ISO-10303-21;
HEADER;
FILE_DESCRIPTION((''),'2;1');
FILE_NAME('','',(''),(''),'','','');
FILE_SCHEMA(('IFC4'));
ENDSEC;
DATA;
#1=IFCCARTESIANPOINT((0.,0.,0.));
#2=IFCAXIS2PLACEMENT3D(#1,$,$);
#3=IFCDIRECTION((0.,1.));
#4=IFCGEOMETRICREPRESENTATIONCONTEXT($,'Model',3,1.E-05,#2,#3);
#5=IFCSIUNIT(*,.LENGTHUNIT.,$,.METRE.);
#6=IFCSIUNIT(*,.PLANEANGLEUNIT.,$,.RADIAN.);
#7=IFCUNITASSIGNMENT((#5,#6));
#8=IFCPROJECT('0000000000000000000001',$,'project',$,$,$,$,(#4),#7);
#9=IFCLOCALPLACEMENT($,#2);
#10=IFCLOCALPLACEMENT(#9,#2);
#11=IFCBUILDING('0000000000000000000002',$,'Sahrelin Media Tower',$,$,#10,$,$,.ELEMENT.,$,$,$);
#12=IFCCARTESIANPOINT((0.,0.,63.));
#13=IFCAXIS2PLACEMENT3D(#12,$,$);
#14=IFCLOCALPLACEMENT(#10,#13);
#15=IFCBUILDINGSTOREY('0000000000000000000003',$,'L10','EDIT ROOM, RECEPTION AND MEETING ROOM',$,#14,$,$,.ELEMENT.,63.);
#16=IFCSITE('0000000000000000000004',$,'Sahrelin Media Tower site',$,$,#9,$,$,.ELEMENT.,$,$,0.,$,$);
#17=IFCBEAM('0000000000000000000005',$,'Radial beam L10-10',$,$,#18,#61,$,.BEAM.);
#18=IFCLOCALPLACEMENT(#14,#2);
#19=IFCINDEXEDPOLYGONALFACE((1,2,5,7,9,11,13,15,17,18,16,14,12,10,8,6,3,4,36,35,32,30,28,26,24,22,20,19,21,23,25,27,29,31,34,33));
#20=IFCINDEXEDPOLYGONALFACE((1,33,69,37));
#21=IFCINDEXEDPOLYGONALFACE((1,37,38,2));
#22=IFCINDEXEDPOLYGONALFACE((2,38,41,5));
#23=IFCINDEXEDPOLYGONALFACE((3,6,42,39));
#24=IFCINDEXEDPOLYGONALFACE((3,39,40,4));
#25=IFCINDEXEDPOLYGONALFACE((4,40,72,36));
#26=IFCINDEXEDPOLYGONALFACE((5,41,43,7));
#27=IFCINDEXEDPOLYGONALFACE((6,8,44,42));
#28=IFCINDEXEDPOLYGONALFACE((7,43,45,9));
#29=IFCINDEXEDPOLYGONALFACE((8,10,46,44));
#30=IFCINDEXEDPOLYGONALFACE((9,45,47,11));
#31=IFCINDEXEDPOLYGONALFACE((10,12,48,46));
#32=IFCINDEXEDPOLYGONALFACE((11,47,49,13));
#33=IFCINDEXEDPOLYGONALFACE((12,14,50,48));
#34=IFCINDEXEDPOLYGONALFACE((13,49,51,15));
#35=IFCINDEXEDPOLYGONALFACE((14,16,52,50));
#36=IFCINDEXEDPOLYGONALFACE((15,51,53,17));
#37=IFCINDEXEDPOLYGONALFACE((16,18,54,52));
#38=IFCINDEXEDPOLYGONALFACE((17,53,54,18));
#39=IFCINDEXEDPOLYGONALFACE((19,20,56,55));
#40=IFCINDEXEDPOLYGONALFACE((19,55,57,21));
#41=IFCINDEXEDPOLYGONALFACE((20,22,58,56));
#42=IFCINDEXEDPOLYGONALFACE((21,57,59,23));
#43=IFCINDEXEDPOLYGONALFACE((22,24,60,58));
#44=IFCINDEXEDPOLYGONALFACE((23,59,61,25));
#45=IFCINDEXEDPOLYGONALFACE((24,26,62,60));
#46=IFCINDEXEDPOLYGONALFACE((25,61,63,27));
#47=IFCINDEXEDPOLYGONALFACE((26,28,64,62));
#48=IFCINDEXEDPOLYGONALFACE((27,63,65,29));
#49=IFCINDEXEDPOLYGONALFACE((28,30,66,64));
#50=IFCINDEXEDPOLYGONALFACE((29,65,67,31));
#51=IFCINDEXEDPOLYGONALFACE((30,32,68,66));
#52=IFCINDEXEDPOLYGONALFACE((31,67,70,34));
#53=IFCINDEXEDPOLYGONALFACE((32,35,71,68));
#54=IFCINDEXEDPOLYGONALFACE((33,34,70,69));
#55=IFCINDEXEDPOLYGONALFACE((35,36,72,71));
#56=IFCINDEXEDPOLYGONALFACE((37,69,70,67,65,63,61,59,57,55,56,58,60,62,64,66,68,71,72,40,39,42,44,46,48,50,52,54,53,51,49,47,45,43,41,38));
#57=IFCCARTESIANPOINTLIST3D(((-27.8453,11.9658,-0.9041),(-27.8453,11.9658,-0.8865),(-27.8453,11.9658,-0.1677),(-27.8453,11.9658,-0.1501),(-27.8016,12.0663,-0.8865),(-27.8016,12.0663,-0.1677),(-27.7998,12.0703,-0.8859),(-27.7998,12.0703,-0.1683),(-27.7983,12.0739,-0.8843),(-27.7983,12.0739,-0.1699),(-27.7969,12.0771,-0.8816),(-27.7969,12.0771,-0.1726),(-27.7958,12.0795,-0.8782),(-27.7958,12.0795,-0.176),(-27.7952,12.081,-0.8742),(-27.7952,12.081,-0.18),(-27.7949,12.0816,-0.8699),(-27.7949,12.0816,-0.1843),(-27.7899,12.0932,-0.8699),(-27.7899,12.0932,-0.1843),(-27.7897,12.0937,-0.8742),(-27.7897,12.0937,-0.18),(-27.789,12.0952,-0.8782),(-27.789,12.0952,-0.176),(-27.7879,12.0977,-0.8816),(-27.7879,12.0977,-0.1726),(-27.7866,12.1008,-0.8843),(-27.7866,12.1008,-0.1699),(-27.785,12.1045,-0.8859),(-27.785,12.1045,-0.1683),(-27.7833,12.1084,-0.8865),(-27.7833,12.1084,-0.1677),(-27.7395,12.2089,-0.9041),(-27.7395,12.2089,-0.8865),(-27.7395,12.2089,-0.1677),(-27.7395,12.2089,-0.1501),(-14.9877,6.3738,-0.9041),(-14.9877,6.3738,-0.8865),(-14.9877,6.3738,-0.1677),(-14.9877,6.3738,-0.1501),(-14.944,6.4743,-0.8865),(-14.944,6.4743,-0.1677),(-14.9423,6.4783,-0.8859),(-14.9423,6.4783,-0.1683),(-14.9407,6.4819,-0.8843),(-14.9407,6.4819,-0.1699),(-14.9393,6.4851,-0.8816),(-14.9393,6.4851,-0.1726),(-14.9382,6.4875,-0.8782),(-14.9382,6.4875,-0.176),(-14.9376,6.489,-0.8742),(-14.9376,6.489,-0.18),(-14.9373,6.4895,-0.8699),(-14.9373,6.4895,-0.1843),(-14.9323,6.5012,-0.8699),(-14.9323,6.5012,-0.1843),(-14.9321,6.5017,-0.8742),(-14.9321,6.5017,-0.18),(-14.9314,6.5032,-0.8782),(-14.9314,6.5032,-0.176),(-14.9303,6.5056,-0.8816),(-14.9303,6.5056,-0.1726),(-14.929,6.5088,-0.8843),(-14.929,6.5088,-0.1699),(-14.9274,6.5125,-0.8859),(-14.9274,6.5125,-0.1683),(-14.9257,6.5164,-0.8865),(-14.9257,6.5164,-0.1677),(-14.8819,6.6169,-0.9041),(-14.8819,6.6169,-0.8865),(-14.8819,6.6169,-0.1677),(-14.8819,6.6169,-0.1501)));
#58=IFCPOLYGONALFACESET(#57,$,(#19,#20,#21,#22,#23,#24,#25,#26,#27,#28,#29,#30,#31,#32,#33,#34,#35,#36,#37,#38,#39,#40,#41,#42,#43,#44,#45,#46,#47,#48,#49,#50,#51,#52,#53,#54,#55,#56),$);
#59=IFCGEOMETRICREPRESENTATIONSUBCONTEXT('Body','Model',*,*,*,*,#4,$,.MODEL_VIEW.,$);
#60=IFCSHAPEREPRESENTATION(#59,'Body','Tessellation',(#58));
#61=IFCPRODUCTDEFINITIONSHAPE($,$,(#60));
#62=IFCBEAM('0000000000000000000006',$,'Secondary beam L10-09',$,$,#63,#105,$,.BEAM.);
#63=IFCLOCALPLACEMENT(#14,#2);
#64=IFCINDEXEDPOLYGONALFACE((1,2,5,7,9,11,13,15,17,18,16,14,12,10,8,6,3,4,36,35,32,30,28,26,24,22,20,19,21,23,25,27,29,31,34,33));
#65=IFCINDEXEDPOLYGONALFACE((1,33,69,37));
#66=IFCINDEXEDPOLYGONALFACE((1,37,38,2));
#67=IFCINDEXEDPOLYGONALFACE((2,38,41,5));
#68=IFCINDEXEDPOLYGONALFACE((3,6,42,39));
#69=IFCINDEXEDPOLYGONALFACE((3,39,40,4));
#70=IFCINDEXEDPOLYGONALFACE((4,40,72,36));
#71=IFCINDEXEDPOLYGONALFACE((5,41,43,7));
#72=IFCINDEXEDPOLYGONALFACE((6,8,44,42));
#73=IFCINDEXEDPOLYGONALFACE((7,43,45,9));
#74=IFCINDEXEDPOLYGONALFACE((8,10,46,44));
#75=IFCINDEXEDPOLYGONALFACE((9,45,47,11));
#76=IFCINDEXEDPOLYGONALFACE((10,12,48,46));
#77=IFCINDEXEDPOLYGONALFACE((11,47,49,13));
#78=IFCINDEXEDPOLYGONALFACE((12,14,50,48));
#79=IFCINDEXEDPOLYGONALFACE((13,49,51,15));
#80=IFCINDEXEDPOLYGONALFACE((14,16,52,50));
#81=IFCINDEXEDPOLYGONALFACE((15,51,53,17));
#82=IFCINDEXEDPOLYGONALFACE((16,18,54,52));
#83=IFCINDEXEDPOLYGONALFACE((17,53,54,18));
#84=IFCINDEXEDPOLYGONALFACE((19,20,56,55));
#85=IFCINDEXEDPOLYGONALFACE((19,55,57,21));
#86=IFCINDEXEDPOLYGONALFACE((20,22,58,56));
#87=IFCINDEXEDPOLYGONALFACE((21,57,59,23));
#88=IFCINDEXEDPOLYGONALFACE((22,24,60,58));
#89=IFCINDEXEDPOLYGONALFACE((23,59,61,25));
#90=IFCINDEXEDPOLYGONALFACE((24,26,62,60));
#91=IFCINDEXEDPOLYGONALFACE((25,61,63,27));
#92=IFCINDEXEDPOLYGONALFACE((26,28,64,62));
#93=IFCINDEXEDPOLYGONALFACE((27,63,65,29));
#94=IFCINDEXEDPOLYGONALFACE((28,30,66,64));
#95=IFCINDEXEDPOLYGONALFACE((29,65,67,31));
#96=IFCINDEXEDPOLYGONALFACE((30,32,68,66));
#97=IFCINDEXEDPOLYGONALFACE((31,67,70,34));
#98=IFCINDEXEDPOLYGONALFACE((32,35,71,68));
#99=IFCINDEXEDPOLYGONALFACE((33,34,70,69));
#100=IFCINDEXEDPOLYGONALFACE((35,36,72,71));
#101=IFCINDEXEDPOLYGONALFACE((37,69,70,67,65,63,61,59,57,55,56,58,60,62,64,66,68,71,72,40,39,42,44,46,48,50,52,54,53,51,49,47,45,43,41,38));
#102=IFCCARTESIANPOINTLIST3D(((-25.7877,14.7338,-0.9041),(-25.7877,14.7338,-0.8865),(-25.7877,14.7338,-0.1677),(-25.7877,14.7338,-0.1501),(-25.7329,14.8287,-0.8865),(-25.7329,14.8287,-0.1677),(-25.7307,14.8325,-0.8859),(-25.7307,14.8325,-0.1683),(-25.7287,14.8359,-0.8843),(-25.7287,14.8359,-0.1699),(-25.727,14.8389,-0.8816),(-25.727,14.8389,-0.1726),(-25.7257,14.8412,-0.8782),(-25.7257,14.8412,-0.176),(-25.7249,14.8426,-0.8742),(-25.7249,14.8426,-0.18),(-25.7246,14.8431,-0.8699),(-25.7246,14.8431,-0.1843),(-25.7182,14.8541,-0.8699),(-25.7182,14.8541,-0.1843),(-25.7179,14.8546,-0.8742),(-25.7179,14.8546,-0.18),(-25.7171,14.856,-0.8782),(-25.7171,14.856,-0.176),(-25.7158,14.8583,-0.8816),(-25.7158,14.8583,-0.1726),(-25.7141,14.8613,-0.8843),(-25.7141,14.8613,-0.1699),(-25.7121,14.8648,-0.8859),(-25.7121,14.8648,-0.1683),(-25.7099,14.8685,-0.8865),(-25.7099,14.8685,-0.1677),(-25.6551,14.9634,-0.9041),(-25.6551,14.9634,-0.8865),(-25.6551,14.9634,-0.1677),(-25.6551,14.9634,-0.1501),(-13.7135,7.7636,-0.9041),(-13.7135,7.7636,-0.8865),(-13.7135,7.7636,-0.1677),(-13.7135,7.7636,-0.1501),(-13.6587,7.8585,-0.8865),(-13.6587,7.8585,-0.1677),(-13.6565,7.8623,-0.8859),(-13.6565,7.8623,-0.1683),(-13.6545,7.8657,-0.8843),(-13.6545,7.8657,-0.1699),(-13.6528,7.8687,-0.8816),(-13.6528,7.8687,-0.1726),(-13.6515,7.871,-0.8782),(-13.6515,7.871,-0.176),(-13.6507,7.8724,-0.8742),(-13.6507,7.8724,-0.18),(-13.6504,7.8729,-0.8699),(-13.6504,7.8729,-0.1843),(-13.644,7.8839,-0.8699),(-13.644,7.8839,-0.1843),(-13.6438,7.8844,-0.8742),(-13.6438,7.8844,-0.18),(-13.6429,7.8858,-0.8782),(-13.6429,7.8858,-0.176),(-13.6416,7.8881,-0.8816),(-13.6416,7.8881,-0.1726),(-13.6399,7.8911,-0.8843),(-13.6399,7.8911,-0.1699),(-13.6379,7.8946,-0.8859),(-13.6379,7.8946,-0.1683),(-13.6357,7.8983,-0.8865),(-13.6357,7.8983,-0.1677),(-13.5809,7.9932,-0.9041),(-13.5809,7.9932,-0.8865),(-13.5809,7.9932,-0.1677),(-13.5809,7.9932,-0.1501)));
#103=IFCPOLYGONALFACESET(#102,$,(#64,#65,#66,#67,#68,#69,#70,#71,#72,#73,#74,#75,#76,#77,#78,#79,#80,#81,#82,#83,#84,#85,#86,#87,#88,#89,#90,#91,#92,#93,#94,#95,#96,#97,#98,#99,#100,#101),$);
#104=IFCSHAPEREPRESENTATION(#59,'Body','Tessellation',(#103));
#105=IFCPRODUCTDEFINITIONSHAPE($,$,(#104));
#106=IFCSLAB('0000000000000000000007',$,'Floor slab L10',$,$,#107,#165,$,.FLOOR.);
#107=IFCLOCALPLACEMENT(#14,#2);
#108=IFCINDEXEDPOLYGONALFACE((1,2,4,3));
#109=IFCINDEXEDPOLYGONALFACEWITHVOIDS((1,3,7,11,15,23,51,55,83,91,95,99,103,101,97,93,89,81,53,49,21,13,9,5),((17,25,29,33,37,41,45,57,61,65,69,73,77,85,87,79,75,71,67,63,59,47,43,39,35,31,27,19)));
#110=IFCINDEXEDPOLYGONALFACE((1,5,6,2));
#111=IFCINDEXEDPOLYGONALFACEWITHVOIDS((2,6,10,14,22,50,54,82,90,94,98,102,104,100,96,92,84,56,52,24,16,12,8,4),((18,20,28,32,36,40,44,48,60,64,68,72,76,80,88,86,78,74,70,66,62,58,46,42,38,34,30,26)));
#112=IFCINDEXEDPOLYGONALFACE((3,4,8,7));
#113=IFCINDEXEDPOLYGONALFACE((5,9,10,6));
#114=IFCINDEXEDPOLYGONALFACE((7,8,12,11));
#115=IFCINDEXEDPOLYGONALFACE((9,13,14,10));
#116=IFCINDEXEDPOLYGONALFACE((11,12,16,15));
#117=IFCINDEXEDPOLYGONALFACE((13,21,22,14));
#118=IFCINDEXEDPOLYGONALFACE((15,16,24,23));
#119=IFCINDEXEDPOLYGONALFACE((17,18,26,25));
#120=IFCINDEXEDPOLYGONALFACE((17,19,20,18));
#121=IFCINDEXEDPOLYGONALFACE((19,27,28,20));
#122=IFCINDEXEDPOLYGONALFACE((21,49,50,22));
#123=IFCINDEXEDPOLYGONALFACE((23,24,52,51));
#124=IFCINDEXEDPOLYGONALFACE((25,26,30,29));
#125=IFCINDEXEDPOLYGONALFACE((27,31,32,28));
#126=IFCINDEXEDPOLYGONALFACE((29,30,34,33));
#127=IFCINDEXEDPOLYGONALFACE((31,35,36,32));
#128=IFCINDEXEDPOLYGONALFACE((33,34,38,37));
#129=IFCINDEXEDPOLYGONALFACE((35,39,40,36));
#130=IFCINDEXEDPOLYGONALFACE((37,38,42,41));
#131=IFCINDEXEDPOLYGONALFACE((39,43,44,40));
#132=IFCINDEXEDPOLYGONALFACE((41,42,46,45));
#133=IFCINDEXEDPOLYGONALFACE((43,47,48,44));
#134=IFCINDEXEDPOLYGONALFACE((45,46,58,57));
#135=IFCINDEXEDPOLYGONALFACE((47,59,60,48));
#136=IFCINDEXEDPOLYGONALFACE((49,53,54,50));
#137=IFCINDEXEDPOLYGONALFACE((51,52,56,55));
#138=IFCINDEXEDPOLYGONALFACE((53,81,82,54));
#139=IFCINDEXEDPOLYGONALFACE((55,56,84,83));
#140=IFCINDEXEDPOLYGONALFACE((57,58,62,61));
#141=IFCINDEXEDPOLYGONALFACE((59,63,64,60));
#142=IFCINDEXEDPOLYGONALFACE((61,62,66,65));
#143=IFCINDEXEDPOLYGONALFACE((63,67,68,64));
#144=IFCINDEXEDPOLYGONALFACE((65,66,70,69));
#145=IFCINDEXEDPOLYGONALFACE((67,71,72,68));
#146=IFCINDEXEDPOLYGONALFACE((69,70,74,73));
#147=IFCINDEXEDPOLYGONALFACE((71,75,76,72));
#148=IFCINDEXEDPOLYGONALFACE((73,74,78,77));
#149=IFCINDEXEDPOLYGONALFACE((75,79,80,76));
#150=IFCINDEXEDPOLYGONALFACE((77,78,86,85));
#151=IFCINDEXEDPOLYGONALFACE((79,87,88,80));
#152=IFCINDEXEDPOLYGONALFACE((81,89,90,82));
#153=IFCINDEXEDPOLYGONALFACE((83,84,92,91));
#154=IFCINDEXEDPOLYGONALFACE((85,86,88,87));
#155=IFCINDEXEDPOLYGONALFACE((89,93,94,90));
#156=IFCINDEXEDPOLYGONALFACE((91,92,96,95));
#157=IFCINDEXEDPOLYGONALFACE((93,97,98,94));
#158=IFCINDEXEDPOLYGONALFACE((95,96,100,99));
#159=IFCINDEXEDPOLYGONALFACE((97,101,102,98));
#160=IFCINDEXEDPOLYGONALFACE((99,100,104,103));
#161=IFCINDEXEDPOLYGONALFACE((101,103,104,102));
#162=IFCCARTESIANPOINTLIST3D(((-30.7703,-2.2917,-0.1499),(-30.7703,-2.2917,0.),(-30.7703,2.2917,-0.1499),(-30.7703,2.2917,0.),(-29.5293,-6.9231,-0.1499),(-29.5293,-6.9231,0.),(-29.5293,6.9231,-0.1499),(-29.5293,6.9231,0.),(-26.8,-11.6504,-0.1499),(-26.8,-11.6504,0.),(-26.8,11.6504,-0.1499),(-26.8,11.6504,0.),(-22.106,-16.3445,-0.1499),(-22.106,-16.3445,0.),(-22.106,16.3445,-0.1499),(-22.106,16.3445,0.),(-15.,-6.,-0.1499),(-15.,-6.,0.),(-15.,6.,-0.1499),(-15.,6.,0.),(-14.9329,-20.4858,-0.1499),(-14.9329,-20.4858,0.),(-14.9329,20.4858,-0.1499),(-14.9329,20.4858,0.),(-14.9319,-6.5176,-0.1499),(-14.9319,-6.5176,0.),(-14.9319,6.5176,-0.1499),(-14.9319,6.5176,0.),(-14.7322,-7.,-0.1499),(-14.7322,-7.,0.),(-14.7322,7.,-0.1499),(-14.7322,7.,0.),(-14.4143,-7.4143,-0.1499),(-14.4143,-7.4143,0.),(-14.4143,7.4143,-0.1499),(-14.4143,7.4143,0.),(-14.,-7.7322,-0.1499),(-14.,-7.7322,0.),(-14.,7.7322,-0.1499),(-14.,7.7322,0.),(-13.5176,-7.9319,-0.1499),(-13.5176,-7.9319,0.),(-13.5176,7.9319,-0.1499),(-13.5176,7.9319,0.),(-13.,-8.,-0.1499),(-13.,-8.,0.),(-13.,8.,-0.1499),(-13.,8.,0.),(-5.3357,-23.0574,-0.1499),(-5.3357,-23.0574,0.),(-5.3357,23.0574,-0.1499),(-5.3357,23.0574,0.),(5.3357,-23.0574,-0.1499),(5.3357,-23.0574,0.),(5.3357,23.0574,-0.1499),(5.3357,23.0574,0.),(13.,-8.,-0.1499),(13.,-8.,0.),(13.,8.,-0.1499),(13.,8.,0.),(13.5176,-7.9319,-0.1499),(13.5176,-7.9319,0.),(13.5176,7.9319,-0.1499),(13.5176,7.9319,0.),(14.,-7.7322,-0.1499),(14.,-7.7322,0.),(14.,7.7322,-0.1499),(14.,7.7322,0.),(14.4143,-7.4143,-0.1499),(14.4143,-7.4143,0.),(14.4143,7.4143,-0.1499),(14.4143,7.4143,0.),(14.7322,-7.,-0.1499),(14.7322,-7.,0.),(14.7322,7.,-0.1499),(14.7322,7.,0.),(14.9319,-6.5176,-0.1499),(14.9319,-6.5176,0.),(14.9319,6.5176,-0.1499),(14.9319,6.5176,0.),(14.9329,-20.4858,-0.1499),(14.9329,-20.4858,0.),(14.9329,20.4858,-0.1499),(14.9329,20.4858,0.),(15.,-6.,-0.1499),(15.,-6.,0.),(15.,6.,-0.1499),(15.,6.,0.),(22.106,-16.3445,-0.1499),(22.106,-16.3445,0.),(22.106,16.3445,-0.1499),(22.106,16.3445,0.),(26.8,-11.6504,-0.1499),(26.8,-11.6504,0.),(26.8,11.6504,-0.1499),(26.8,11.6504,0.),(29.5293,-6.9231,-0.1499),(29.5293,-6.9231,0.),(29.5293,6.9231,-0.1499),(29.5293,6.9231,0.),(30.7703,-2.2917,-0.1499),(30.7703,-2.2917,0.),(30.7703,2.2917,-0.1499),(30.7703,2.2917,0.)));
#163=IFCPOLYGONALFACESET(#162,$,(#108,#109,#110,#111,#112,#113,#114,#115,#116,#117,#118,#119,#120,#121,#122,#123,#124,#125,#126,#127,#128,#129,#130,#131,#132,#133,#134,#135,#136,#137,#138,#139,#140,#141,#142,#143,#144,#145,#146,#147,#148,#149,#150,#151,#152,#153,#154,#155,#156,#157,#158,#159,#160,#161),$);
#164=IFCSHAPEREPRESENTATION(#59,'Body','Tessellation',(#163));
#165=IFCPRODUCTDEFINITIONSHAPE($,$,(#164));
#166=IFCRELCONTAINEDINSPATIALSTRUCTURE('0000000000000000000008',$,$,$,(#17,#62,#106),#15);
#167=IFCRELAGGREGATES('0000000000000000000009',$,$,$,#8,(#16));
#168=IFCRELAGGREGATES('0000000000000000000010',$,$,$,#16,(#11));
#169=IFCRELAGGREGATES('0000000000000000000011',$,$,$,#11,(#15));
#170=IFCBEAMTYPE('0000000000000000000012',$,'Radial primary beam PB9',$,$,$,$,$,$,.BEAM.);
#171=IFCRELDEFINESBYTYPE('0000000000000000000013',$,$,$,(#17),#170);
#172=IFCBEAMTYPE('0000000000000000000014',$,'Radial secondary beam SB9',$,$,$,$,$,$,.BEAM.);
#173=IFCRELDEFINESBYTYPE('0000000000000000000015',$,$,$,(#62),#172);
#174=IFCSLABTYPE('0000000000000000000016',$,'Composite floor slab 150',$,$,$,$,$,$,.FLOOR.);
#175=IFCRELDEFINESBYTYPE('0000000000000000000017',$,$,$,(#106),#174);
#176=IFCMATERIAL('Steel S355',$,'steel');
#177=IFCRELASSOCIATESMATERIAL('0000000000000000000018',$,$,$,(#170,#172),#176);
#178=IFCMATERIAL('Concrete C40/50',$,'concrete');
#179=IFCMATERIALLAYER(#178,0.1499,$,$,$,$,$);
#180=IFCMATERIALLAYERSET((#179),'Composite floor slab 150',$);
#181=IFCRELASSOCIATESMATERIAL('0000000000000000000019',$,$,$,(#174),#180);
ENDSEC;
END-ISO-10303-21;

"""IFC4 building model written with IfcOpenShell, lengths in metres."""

from ifc_helpers import new_model, si_unit, direction, frame, origin, origin_2d, place, context, subcontext, project, spatial, polyline, i_section, outline, extrude, material, layer, layer_set, material_profile, profile_set, type_object, element, save


model = new_model("IFC4")

# Units and contexts
model_context = context("Model", 3, precision=1e-05, world=origin(), true_north=direction((0.0, 1.0)))
body_context = subcontext(model_context, "Body", "Model", "MODEL_VIEW")
ifc_project = project(units=[si_unit("LENGTHUNIT", "METRE"), si_unit("PLANEANGLEUNIT", "RADIAN")], contexts=[model_context])

# Site, building, storey
site_placement = place(None, origin())
site = spatial("IfcSite", under=ifc_project, at=site_placement, Name="Sahrelin Media Tower site", CompositionType="ELEMENT", RefElevation=0.0)
building_placement = place(site_placement, origin())
building = spatial("IfcBuilding", under=site, at=building_placement, Name="Sahrelin Media Tower", CompositionType="ELEMENT")
storey_placement = place(building_placement, frame((0.0, 0.0, 63.0)))
storey = spatial("IfcBuildingStorey", under=building, at=storey_placement, Name="L10", Description="EDIT ROOM, RECEPTION AND MEETING ROOM", CompositionType="ELEMENT", Elevation=63.0)

# Beams
ifc_material_1 = material(Name="Steel S355", Category="steel")
ifc_material_profile_1 = material_profile(ifc_material_1, i_section(OverallWidth=0.2651, OverallDepth=0.7539, WebThickness=0.0127, FlangeThickness=0.0176, FilletRadius=0.0166, at=origin_2d()), Name="UB 762x267x147")
ifc_profile_set_1 = profile_set([ifc_material_profile_1], Name="Steel S355")
beam_type_1 = type_object("IfcBeamType", Name="Radial primary beam PB9", PredefinedType="BEAM", material=ifc_profile_set_1)
beam_1_placement = place(storey_placement, frame((-14.9348, 6.4954, -0.5271), z_axis=(-0.917024, 0.398831, 0.0), x_axis=(-0.398831, -0.917024, 0.0)))
element("IfcBeam", 1, at=beam_1_placement, inside=storey, type_object=beam_type_1, Name="Radial beam L10-10", PredefinedType="BEAM", context=body_context, shape_type="SweptSolid", body=[
    extrude(i_section(OverallWidth=0.2651, OverallDepth=0.7539, WebThickness=0.0127, FlangeThickness=0.0176, FilletRadius=0.0166, at=origin_2d()), origin(), (0.0, 0.0, 1.0), 14.021),
])
ifc_material_profile_2 = material_profile(ifc_material_1, i_section(OverallWidth=0.2651, OverallDepth=0.7539, WebThickness=0.0127, FlangeThickness=0.0176, FilletRadius=0.0166, at=origin_2d()), Name="UB 762x267x147")
ifc_profile_set_2 = profile_set([ifc_material_profile_2], Name="Steel S355")
beam_type_2 = type_object("IfcBeamType", Name="Radial secondary beam SB9", PredefinedType="BEAM", material=ifc_profile_set_2)
beam_2_placement = place(storey_placement, frame((-13.6472, 7.8784, -0.5271), z_axis=(-0.866051, 0.499955, 0.0), x_axis=(-0.499955, -0.866051, 0.0)))
element("IfcBeam", 2, at=beam_2_placement, inside=storey, type_object=beam_type_2, Name="Secondary beam L10-09", PredefinedType="BEAM", context=body_context, shape_type="SweptSolid", body=[
    extrude(i_section(OverallWidth=0.2651, OverallDepth=0.7539, WebThickness=0.0127, FlangeThickness=0.0176, FilletRadius=0.0166, at=origin_2d()), origin(), (0.0, 0.0, 1.0), 13.9417),
])

# Slab
ifc_material_2 = material(Name="Concrete C40/50", Category="concrete")
ifc_layer_1 = layer(ifc_material_2, 0.1499)
ifc_layer_set_1 = layer_set([ifc_layer_1], Name="Composite floor slab 150")
slab_type = type_object("IfcSlabType", Name="Composite floor slab 150", PredefinedType="FLOOR", material=ifc_layer_set_1)
slab_placement = place(storey_placement, frame((0.0, 0.0, -0.1499)))
element("IfcSlab", 3, at=slab_placement, inside=storey, type_object=slab_type, Name="Floor slab L10", PredefinedType="FLOOR", context=body_context, shape_type="SweptSolid", body=[
    extrude(outline(polyline([(30.7703, -2.2917), (30.7703, 2.2917), (29.5293, 6.9231), (26.8, 11.6504), (22.106, 16.3445), (14.9329, 20.4858), (5.3357, 23.0574), (-5.3357, 23.0574), (-14.9329, 20.4858), (-22.106, 16.3445), (-26.8, 11.6504), (-29.5293, 6.9231), (-30.7703, 2.2917), (-30.7703, -2.2917), (-29.5293, -6.9231), (-26.8, -11.6504), (-22.106, -16.3445), (-14.9329, -20.4858), (-5.3357, -23.0574), (5.3357, -23.0574), (14.9329, -20.4858), (22.106, -16.3445), (26.8, -11.6504), (29.5293, -6.9231), (30.7703, -2.2917)]), holes=[polyline([(14.9319, 6.5176), (15.0, 6.0), (15.0, -6.0), (14.9319, -6.5176), (14.7322, -7.0), (14.4143, -7.4143), (14.0, -7.7322), (13.5176, -7.9319), (13.0, -8.0), (-13.0, -8.0), (-13.5176, -7.9319), (-14.0, -7.7322), (-14.4143, -7.4143), (-14.7322, -7.0), (-14.9319, -6.5176), (-15.0, -6.0), (-15.0, 6.0), (-14.9319, 6.5176), (-14.7322, 7.0), (-14.4143, 7.4143), (-14.0, 7.7322), (-13.5176, 7.9319), (-13.0, 8.0), (13.0, 8.0), (13.5176, 7.9319), (14.0, 7.7322), (14.4143, 7.4143), (14.7322, 7.0), (14.9319, 6.5176)])]), origin(), (0.0, 0.0, 1.0), 0.1499),
])

save(model, "model.ifc")
